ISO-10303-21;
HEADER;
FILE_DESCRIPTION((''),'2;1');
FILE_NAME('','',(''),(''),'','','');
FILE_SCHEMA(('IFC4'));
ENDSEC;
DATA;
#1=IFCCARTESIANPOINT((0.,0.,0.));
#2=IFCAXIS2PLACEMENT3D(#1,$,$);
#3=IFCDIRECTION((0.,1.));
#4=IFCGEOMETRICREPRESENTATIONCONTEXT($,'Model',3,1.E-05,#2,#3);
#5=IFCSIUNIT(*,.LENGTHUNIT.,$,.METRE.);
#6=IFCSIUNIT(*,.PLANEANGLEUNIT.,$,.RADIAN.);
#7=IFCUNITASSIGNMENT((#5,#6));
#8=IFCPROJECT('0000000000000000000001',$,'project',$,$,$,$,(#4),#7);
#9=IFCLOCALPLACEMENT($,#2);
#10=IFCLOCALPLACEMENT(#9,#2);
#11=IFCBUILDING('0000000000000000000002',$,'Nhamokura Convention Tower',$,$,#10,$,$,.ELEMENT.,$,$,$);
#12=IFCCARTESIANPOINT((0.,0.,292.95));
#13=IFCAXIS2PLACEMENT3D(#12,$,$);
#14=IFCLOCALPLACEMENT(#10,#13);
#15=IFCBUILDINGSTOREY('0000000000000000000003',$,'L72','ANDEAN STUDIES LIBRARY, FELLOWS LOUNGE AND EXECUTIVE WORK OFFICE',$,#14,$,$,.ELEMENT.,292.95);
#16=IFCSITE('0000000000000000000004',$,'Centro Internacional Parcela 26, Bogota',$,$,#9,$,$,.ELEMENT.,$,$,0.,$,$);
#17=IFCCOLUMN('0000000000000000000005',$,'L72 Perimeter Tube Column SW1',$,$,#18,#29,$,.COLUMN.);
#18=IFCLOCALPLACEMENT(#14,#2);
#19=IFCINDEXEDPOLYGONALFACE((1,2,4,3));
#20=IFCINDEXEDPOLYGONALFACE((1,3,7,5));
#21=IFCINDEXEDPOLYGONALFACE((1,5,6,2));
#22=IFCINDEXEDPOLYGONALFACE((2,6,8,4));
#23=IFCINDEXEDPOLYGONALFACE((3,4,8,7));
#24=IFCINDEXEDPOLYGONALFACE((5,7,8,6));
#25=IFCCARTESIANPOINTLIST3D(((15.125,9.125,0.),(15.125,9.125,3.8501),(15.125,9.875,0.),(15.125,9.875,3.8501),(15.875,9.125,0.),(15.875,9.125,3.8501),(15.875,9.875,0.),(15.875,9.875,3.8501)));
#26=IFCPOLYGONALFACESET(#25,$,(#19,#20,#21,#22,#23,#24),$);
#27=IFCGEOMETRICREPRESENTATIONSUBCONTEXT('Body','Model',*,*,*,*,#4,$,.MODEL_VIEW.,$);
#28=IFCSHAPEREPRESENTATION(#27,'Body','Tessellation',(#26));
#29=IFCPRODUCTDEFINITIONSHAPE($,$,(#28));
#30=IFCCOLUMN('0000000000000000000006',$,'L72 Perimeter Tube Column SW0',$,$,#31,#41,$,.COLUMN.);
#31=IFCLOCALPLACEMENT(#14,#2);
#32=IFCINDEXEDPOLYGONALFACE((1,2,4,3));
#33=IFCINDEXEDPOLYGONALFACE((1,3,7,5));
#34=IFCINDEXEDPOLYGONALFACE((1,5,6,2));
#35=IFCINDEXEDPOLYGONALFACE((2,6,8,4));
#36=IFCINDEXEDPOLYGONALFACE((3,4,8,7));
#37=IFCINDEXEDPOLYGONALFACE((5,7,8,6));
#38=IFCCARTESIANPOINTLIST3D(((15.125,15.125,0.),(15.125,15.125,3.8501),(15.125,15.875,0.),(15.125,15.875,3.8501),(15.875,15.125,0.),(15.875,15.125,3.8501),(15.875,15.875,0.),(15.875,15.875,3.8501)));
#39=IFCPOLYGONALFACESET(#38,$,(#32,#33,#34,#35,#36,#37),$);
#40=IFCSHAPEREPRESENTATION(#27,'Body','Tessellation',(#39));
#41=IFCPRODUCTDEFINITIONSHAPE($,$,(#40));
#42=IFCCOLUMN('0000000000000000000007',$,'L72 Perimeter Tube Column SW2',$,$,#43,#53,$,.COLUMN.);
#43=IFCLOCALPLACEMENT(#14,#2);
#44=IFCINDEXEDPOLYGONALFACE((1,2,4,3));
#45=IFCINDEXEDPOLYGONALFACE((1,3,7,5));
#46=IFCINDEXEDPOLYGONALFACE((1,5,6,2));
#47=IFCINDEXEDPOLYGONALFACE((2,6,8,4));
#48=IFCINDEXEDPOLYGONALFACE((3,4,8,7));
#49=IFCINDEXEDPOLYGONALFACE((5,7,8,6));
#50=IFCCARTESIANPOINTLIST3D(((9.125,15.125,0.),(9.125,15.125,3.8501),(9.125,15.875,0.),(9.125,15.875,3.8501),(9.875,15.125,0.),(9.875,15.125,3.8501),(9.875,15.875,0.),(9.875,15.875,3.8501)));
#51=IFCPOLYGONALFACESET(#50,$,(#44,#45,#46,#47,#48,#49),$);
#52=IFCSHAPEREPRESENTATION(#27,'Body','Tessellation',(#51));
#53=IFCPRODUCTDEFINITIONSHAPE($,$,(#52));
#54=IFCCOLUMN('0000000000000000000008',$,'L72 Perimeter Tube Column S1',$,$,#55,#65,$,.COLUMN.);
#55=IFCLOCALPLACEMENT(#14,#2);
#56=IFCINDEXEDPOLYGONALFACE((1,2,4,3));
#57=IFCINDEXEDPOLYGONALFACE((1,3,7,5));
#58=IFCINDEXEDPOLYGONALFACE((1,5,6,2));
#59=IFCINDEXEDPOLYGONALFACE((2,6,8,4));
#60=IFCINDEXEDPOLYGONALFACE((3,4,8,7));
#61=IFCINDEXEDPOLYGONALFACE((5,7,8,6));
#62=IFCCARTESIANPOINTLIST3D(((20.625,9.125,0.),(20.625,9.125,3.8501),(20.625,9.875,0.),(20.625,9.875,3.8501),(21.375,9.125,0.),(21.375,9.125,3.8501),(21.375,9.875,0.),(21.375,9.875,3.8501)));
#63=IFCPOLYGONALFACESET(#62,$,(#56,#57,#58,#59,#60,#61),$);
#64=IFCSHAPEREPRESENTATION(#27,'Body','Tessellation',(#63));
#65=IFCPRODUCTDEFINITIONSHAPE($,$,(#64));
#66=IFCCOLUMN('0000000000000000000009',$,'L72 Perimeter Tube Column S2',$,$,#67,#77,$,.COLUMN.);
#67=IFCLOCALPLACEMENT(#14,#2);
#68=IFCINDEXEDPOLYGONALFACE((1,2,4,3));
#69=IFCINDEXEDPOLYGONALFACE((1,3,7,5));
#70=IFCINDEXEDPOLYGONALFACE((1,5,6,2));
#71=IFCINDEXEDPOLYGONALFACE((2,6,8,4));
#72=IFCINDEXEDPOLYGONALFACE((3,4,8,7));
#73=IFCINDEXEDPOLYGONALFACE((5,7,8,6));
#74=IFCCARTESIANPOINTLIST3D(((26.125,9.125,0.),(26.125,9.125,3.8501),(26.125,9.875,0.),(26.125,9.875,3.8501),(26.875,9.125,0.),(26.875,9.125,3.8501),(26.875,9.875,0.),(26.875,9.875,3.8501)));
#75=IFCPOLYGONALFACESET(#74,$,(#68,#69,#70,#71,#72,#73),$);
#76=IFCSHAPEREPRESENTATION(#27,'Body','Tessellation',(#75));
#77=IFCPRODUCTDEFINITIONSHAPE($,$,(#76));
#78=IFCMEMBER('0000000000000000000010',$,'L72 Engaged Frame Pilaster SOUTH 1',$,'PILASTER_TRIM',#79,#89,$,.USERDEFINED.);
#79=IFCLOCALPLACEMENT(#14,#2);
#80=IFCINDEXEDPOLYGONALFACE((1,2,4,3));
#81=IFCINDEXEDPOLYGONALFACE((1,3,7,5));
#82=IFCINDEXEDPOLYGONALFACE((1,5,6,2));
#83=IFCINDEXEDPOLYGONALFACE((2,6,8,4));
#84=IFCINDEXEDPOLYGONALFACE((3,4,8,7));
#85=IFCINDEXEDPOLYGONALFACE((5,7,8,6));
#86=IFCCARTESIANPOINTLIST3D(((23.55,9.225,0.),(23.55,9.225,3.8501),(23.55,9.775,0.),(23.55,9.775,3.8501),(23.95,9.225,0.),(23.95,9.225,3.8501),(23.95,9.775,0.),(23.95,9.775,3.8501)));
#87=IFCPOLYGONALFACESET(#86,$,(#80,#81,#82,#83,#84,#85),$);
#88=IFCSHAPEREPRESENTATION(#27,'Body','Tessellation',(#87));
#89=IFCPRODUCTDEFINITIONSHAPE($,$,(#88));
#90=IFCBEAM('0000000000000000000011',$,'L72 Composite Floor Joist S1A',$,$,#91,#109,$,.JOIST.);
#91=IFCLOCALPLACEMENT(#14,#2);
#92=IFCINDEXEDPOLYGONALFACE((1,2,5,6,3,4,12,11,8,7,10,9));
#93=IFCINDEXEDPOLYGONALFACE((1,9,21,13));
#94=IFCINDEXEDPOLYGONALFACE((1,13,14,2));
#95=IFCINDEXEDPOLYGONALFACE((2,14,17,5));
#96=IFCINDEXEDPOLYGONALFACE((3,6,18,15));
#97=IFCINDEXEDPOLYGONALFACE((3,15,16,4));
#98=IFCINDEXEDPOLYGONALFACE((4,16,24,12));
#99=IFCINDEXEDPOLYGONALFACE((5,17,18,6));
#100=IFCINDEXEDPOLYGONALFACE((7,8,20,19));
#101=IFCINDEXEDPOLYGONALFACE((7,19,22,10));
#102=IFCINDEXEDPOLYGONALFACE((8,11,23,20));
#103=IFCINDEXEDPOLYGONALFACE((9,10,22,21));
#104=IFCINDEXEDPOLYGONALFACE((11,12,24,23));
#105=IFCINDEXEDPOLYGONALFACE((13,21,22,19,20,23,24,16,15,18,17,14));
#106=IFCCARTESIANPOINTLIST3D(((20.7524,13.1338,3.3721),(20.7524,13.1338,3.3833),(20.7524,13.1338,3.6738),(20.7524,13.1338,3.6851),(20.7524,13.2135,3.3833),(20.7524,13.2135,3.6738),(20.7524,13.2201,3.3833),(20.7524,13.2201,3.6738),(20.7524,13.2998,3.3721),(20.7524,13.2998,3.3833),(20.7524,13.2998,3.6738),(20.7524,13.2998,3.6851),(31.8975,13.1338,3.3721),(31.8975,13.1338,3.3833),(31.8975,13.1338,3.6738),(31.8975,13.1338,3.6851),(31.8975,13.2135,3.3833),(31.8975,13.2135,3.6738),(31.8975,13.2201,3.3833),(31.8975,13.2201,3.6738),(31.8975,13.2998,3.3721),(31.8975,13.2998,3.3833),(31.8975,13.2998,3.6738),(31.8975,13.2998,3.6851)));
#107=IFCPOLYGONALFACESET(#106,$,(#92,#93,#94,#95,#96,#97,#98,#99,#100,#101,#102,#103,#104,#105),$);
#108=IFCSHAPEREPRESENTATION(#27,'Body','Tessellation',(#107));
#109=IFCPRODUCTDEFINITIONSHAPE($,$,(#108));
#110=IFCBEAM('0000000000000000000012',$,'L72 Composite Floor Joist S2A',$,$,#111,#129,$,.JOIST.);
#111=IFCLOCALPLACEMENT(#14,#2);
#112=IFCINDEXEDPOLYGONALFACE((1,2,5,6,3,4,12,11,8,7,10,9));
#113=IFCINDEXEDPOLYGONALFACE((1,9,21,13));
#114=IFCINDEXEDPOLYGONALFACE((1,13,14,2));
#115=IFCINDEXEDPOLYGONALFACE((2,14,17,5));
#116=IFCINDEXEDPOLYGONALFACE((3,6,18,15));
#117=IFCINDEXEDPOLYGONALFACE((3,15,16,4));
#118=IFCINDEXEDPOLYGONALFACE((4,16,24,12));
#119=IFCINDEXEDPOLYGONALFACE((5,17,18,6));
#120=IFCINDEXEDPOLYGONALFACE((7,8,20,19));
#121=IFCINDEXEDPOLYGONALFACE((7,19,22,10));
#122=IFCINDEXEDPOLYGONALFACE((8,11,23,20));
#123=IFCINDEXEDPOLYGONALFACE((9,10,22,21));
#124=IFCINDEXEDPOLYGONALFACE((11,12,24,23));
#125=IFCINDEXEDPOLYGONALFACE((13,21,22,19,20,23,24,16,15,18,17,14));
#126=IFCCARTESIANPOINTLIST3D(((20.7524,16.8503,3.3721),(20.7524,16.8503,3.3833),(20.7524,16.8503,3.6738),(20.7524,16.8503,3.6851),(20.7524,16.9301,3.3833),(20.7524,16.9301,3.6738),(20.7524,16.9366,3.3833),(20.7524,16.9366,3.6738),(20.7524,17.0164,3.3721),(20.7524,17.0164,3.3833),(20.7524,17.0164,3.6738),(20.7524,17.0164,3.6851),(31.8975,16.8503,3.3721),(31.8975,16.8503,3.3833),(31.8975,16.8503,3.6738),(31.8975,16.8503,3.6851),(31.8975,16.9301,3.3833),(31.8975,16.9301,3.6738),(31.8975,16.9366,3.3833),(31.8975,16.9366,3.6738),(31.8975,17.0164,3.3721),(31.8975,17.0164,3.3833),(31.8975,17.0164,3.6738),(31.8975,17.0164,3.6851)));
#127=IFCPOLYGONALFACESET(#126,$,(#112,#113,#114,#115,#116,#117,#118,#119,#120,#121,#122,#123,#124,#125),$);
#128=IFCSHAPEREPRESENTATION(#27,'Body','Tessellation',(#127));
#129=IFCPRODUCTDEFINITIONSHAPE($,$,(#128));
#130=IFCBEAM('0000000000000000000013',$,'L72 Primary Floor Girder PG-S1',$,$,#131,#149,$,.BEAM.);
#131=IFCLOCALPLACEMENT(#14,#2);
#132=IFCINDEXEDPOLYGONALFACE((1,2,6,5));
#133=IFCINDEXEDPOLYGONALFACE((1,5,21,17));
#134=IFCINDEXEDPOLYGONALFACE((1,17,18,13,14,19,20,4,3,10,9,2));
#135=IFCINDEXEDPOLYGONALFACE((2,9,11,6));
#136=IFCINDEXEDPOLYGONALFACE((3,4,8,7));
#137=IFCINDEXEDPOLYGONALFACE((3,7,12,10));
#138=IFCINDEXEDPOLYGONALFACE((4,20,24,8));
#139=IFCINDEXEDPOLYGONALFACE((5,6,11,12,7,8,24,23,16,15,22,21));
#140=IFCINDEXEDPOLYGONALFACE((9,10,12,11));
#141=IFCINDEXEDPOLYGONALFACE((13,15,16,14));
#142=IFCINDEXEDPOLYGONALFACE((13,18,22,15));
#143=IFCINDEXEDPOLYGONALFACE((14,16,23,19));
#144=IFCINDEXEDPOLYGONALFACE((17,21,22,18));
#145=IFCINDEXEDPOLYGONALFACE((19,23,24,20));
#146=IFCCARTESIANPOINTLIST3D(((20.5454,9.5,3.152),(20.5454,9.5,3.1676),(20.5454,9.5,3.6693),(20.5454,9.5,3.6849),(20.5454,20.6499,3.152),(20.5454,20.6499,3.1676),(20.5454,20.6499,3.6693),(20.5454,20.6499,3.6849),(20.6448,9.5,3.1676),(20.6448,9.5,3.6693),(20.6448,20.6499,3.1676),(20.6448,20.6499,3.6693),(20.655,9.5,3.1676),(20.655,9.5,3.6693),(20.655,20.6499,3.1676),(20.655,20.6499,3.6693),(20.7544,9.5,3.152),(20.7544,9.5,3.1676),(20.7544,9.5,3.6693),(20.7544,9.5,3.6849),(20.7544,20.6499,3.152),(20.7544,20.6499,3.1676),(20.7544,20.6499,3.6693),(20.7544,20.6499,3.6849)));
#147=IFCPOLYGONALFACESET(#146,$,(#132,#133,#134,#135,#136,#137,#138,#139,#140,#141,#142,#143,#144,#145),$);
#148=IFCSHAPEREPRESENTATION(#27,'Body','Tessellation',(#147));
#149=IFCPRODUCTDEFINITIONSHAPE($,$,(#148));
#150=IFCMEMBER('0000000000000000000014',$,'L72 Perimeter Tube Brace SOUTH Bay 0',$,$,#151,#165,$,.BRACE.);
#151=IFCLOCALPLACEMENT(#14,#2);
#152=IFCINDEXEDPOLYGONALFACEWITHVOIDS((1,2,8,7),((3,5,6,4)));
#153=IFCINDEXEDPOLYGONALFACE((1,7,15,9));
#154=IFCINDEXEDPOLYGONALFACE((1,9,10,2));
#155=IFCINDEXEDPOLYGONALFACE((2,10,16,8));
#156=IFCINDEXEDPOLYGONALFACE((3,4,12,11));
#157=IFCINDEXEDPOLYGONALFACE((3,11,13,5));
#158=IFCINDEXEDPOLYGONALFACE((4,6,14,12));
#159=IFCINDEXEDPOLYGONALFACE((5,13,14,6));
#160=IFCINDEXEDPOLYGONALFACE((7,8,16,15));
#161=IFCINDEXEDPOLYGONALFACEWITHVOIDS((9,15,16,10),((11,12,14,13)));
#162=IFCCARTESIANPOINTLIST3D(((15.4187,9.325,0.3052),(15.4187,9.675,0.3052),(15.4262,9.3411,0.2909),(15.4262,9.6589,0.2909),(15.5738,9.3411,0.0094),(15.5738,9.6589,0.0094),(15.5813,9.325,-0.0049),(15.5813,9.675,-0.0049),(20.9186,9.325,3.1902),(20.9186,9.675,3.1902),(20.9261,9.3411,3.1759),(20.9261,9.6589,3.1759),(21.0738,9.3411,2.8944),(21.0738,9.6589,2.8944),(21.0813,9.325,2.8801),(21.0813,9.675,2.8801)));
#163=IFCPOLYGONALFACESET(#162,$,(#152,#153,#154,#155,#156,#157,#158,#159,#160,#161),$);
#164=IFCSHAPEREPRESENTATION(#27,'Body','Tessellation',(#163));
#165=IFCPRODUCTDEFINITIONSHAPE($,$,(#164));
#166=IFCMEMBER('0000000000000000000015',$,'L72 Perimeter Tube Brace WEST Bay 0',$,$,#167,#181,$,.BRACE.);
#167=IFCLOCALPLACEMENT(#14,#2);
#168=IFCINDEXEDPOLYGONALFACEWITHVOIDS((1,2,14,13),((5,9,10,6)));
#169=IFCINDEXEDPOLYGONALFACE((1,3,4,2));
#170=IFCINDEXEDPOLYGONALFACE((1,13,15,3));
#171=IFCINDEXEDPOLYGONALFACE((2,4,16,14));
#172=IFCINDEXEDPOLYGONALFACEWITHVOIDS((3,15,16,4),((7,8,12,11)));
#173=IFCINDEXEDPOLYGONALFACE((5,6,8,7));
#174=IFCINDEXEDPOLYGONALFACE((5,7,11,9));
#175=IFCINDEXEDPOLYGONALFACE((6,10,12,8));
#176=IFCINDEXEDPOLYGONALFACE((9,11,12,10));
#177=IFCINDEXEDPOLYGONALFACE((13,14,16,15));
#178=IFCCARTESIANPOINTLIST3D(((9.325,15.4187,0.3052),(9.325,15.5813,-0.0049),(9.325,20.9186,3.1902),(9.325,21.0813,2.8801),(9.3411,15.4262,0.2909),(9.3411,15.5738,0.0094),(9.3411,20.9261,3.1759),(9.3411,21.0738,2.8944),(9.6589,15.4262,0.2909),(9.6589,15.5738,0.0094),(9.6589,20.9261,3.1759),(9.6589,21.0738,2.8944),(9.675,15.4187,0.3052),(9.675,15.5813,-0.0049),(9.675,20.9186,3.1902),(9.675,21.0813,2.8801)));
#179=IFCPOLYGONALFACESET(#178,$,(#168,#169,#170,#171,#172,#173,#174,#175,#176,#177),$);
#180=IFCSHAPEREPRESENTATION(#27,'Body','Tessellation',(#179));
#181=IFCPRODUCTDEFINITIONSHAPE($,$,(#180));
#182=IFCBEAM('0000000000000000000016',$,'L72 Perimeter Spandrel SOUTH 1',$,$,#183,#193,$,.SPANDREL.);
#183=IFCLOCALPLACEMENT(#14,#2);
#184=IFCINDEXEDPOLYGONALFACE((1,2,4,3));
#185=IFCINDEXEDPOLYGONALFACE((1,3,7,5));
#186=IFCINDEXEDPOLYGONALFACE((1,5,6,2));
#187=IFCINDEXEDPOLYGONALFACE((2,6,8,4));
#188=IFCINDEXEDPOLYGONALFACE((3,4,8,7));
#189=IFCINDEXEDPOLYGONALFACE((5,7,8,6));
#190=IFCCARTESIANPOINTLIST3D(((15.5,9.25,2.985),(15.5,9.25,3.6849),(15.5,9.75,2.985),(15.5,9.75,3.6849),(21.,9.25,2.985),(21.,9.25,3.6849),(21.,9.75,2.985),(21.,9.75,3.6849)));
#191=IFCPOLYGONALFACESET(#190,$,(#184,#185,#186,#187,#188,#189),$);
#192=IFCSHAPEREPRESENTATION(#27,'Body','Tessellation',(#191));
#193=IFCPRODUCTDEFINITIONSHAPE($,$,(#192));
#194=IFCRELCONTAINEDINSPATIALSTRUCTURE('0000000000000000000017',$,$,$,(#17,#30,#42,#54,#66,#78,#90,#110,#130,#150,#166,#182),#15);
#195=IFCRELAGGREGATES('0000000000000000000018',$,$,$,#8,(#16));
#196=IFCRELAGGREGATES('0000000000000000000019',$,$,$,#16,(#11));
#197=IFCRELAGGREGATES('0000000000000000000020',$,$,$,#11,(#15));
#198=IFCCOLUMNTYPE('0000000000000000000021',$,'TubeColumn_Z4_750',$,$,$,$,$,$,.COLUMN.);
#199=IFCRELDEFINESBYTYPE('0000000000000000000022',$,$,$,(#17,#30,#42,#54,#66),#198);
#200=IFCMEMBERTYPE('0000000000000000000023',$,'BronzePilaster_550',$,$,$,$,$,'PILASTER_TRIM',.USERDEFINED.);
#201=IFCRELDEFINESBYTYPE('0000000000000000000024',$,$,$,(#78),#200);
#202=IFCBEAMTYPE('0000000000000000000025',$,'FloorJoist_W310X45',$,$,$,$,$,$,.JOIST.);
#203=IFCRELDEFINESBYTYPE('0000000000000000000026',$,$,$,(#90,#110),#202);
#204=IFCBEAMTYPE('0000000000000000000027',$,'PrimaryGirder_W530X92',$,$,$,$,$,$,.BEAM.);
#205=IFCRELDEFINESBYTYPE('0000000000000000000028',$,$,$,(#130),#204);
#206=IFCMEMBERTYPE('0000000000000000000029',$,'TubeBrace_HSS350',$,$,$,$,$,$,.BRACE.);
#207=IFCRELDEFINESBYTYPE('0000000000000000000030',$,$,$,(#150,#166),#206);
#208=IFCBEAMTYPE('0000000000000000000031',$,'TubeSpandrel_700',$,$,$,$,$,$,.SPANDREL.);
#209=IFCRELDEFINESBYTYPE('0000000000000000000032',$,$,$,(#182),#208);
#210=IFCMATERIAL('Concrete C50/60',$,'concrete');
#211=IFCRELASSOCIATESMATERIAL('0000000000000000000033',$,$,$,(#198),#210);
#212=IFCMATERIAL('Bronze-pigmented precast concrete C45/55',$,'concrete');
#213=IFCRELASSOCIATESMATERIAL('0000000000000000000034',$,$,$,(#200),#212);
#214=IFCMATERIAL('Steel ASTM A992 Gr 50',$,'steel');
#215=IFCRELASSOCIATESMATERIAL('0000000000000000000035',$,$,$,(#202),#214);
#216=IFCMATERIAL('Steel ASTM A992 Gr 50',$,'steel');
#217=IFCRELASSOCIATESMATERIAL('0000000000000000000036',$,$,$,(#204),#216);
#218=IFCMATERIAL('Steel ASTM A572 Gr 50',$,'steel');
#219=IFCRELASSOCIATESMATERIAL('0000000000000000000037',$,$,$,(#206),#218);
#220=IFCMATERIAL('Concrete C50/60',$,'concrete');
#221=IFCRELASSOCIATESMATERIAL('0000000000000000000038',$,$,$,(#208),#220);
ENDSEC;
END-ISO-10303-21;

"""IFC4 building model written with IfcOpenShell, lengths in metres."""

from ifc_helpers import new_model, si_unit, direction, frame, origin, origin_2d, place, context, subcontext, project, spatial, rectangle, hollow_rectangle, i_section, extrude, material, material_profile, profile_set, type_object, element, save


model = new_model("IFC4")

# Units and contexts
model_context = context("Model", 3, precision=1e-05, world=origin(), true_north=direction((0.0, 1.0)))
body_context = subcontext(model_context, "Body", "Model", "MODEL_VIEW")
ifc_project = project(units=[si_unit("LENGTHUNIT", "METRE"), si_unit("PLANEANGLEUNIT", "RADIAN")], contexts=[model_context])

# Site, building, storey
site_placement = place(None, origin())
site = spatial("IfcSite", under=ifc_project, at=site_placement, Name="Centro Internacional Parcela 26, Bogota", CompositionType="ELEMENT", RefElevation=0.0)
building_placement = place(site_placement, origin())
building = spatial("IfcBuilding", under=site, at=building_placement, Name="Nhamokura Convention Tower", CompositionType="ELEMENT")
storey_placement = place(building_placement, frame((0.0, 0.0, 292.95)))
storey = spatial("IfcBuildingStorey", under=building, at=storey_placement, Name="L72", Description="ANDEAN STUDIES LIBRARY, FELLOWS LOUNGE AND EXECUTIVE WORK OFFICE", CompositionType="ELEMENT", Elevation=292.95)

# Columns
ifc_material_1 = material(Name="Concrete C50/60", Category="concrete")
ifc_material_profile_1 = material_profile(ifc_material_1, rectangle(XDim=0.75, YDim=0.75, at=origin_2d()))
ifc_profile_set_1 = profile_set([ifc_material_profile_1], Name="Concrete C50/60")
column_type = type_object("IfcColumnType", Name="TubeColumn_Z4_750", PredefinedType="COLUMN", material=ifc_profile_set_1)
for number, where, z_axis, x_axis, name in (
    (1, (15.5, 9.5, 0.0), (0.0, 0.0, 1.0), (1.0, 0.0, 0.0), "L72 Perimeter Tube Column SW1"),
    (2, (15.5, 15.5, 0.0), (0.0, 0.0, 1.0), (1.0, 0.0, 0.0), "L72 Perimeter Tube Column SW0"),
    (3, (9.5, 15.5, 0.0), (0.0, 0.0, 1.0), (1.0, 0.0, 0.0), "L72 Perimeter Tube Column SW2"),
    (4, (21.0, 9.5, 0.0), (0.0, 0.0, 1.0), (1.0, 0.0, 0.0), "L72 Perimeter Tube Column S1"),
    (5, (26.5, 9.5, 0.0), (0.0, 0.0, 1.0), (1.0, 0.0, 0.0), "L72 Perimeter Tube Column S2"),
):
    element("IfcColumn", number, at=place(storey_placement, frame(where, z_axis=z_axis, x_axis=x_axis)), inside=storey, type_object=column_type, Name=name, PredefinedType="COLUMN", context=body_context, shape_type="SweptSolid", body=[
        extrude(rectangle(XDim=0.75, YDim=0.75, at=origin_2d()), origin(), (0.0, 0.0, 1.0), 3.8501),
    ])

# Member
ifc_material_2 = material(Name="Bronze-pigmented precast concrete C45/55", Category="concrete")
ifc_material_profile_2 = material_profile(ifc_material_2, rectangle(XDim=0.3999, YDim=0.55, at=origin_2d()))
ifc_profile_set_2 = profile_set([ifc_material_profile_2], Name="Bronze-pigmented precast concrete C45/55")
member_type_1 = type_object("IfcMemberType", Name="BronzePilaster_550", ElementType="PILASTER_TRIM", PredefinedType="USERDEFINED", material=ifc_profile_set_2)
member_placement = place(storey_placement, frame((23.75, 9.5, 0.0), z_axis=(0.0, 0.0, 1.0), x_axis=(1.0, 0.0, 0.0)))
element("IfcMember", 6, at=member_placement, inside=storey, type_object=member_type_1, Name="L72 Engaged Frame Pilaster SOUTH 1", ObjectType="PILASTER_TRIM", PredefinedType="USERDEFINED", context=body_context, shape_type="SweptSolid", body=[
    extrude(rectangle(XDim=0.3999, YDim=0.55, at=origin_2d()), origin(), (0.0, 0.0, 1.0), 3.8501),
])

# Beams
ifc_material_3 = material(Name="Steel ASTM A992 Gr 50", Category="steel")
ifc_material_profile_3 = material_profile(ifc_material_3, i_section(OverallWidth=0.166, OverallDepth=0.313, WebThickness=0.0066, FlangeThickness=0.0112, at=origin_2d()))
ifc_profile_set_3 = profile_set([ifc_material_profile_3], Name="Steel ASTM A992 Gr 50")
beam_type_1 = type_object("IfcBeamType", Name="FloorJoist_W310X45", PredefinedType="JOIST", material=ifc_profile_set_3)
for number, where, z_axis, x_axis, name in (
    (7, (20.7524, 13.2168, 3.5286), (1.0, 0.0, 0.0), (0.0, 1.0, 0.0), "L72 Composite Floor Joist S1A"),
    (8, (20.7524, 16.9333, 3.5286), (1.0, 0.0, 0.0), (0.0, 1.0, 0.0), "L72 Composite Floor Joist S2A"),
):
    element("IfcBeam", number, at=place(storey_placement, frame(where, z_axis=z_axis, x_axis=x_axis)), inside=storey, type_object=beam_type_1, Name=name, PredefinedType="JOIST", context=body_context, shape_type="SweptSolid", body=[
        extrude(i_section(OverallWidth=0.166, OverallDepth=0.313, WebThickness=0.0066, FlangeThickness=0.0112, at=origin_2d()), origin(), (0.0, 0.0, 1.0), 11.145),
    ])
ifc_material_4 = material(Name="Steel ASTM A992 Gr 50", Category="steel")
ifc_material_profile_4 = material_profile(ifc_material_4, i_section(OverallWidth=0.209, OverallDepth=0.533, WebThickness=0.0103, FlangeThickness=0.0156, at=origin_2d()))
ifc_profile_set_4 = profile_set([ifc_material_profile_4], Name="Steel ASTM A992 Gr 50")
beam_type_2 = type_object("IfcBeamType", Name="PrimaryGirder_W530X92", PredefinedType="BEAM", material=ifc_profile_set_4)
beam_placement = place(storey_placement, frame((20.6499, 9.5, 3.4185), z_axis=(0.0, 1.0, 0.0), x_axis=(-1.0, 0.0, 0.0)))
element("IfcBeam", 9, at=beam_placement, inside=storey, type_object=beam_type_2, Name="L72 Primary Floor Girder PG-S1", PredefinedType="BEAM", context=body_context, shape_type="SweptSolid", body=[
    extrude(i_section(OverallWidth=0.209, OverallDepth=0.533, WebThickness=0.0103, FlangeThickness=0.0156, at=origin_2d()), origin(), (0.0, 0.0, 1.0), 11.1499),
])

# Members
ifc_material_5 = material(Name="Steel ASTM A572 Gr 50", Category="steel")
ifc_material_profile_5 = material_profile(ifc_material_5, hollow_rectangle(XDim=0.3501, YDim=0.3501, WallThickness=0.0161, at=origin_2d()))
ifc_profile_set_5 = profile_set([ifc_material_profile_5], Name="Steel ASTM A572 Gr 50")
member_type_2 = type_object("IfcMemberType", Name="TubeBrace_HSS350", PredefinedType="BRACE", material=ifc_profile_set_5)
for number, where, z_axis, x_axis, name in (
    (10, (15.5, 9.5, 0.1501), (0.885563, 0.0, 0.46452), (0.0, 1.0, 0.0), "L72 Perimeter Tube Brace SOUTH Bay 0"),
    (11, (9.5, 15.5, 0.1501), (0.0, 0.885563, 0.46452), (-1.0, 0.0, 0.0), "L72 Perimeter Tube Brace WEST Bay 0"),
):
    element("IfcMember", number, at=place(storey_placement, frame(where, z_axis=z_axis, x_axis=x_axis)), inside=storey, type_object=member_type_2, Name=name, PredefinedType="BRACE", context=body_context, shape_type="SweptSolid", body=[
        extrude(hollow_rectangle(XDim=0.3501, YDim=0.3501, WallThickness=0.0161, at=origin_2d()), origin(), (0.0, 0.0, 1.0), 6.2107),
    ])

# Beam
ifc_material_6 = material(Name="Concrete C50/60", Category="concrete")
ifc_material_profile_6 = material_profile(ifc_material_6, rectangle(XDim=0.5, YDim=0.7, at=origin_2d()))
ifc_profile_set_6 = profile_set([ifc_material_profile_6], Name="Concrete C50/60")
beam_type_3 = type_object("IfcBeamType", Name="TubeSpandrel_700", PredefinedType="SPANDREL", material=ifc_profile_set_6)
for number, where, z_axis, x_axis, name in (
    (12, (15.5, 9.5, 3.335), (1.0, 0.0, 0.0), (0.0, 1.0, 0.0), "L72 Perimeter Spandrel SOUTH 1"),
):
    element("IfcBeam", number, at=place(storey_placement, frame(where, z_axis=z_axis, x_axis=x_axis)), inside=storey, type_object=beam_type_3, Name=name, PredefinedType="SPANDREL", context=body_context, shape_type="SweptSolid", body=[
        extrude(rectangle(XDim=0.5, YDim=0.7, at=origin_2d()), origin(), (0.0, 0.0, 1.0), 5.5),
    ])

save(model, "model.ifc")
